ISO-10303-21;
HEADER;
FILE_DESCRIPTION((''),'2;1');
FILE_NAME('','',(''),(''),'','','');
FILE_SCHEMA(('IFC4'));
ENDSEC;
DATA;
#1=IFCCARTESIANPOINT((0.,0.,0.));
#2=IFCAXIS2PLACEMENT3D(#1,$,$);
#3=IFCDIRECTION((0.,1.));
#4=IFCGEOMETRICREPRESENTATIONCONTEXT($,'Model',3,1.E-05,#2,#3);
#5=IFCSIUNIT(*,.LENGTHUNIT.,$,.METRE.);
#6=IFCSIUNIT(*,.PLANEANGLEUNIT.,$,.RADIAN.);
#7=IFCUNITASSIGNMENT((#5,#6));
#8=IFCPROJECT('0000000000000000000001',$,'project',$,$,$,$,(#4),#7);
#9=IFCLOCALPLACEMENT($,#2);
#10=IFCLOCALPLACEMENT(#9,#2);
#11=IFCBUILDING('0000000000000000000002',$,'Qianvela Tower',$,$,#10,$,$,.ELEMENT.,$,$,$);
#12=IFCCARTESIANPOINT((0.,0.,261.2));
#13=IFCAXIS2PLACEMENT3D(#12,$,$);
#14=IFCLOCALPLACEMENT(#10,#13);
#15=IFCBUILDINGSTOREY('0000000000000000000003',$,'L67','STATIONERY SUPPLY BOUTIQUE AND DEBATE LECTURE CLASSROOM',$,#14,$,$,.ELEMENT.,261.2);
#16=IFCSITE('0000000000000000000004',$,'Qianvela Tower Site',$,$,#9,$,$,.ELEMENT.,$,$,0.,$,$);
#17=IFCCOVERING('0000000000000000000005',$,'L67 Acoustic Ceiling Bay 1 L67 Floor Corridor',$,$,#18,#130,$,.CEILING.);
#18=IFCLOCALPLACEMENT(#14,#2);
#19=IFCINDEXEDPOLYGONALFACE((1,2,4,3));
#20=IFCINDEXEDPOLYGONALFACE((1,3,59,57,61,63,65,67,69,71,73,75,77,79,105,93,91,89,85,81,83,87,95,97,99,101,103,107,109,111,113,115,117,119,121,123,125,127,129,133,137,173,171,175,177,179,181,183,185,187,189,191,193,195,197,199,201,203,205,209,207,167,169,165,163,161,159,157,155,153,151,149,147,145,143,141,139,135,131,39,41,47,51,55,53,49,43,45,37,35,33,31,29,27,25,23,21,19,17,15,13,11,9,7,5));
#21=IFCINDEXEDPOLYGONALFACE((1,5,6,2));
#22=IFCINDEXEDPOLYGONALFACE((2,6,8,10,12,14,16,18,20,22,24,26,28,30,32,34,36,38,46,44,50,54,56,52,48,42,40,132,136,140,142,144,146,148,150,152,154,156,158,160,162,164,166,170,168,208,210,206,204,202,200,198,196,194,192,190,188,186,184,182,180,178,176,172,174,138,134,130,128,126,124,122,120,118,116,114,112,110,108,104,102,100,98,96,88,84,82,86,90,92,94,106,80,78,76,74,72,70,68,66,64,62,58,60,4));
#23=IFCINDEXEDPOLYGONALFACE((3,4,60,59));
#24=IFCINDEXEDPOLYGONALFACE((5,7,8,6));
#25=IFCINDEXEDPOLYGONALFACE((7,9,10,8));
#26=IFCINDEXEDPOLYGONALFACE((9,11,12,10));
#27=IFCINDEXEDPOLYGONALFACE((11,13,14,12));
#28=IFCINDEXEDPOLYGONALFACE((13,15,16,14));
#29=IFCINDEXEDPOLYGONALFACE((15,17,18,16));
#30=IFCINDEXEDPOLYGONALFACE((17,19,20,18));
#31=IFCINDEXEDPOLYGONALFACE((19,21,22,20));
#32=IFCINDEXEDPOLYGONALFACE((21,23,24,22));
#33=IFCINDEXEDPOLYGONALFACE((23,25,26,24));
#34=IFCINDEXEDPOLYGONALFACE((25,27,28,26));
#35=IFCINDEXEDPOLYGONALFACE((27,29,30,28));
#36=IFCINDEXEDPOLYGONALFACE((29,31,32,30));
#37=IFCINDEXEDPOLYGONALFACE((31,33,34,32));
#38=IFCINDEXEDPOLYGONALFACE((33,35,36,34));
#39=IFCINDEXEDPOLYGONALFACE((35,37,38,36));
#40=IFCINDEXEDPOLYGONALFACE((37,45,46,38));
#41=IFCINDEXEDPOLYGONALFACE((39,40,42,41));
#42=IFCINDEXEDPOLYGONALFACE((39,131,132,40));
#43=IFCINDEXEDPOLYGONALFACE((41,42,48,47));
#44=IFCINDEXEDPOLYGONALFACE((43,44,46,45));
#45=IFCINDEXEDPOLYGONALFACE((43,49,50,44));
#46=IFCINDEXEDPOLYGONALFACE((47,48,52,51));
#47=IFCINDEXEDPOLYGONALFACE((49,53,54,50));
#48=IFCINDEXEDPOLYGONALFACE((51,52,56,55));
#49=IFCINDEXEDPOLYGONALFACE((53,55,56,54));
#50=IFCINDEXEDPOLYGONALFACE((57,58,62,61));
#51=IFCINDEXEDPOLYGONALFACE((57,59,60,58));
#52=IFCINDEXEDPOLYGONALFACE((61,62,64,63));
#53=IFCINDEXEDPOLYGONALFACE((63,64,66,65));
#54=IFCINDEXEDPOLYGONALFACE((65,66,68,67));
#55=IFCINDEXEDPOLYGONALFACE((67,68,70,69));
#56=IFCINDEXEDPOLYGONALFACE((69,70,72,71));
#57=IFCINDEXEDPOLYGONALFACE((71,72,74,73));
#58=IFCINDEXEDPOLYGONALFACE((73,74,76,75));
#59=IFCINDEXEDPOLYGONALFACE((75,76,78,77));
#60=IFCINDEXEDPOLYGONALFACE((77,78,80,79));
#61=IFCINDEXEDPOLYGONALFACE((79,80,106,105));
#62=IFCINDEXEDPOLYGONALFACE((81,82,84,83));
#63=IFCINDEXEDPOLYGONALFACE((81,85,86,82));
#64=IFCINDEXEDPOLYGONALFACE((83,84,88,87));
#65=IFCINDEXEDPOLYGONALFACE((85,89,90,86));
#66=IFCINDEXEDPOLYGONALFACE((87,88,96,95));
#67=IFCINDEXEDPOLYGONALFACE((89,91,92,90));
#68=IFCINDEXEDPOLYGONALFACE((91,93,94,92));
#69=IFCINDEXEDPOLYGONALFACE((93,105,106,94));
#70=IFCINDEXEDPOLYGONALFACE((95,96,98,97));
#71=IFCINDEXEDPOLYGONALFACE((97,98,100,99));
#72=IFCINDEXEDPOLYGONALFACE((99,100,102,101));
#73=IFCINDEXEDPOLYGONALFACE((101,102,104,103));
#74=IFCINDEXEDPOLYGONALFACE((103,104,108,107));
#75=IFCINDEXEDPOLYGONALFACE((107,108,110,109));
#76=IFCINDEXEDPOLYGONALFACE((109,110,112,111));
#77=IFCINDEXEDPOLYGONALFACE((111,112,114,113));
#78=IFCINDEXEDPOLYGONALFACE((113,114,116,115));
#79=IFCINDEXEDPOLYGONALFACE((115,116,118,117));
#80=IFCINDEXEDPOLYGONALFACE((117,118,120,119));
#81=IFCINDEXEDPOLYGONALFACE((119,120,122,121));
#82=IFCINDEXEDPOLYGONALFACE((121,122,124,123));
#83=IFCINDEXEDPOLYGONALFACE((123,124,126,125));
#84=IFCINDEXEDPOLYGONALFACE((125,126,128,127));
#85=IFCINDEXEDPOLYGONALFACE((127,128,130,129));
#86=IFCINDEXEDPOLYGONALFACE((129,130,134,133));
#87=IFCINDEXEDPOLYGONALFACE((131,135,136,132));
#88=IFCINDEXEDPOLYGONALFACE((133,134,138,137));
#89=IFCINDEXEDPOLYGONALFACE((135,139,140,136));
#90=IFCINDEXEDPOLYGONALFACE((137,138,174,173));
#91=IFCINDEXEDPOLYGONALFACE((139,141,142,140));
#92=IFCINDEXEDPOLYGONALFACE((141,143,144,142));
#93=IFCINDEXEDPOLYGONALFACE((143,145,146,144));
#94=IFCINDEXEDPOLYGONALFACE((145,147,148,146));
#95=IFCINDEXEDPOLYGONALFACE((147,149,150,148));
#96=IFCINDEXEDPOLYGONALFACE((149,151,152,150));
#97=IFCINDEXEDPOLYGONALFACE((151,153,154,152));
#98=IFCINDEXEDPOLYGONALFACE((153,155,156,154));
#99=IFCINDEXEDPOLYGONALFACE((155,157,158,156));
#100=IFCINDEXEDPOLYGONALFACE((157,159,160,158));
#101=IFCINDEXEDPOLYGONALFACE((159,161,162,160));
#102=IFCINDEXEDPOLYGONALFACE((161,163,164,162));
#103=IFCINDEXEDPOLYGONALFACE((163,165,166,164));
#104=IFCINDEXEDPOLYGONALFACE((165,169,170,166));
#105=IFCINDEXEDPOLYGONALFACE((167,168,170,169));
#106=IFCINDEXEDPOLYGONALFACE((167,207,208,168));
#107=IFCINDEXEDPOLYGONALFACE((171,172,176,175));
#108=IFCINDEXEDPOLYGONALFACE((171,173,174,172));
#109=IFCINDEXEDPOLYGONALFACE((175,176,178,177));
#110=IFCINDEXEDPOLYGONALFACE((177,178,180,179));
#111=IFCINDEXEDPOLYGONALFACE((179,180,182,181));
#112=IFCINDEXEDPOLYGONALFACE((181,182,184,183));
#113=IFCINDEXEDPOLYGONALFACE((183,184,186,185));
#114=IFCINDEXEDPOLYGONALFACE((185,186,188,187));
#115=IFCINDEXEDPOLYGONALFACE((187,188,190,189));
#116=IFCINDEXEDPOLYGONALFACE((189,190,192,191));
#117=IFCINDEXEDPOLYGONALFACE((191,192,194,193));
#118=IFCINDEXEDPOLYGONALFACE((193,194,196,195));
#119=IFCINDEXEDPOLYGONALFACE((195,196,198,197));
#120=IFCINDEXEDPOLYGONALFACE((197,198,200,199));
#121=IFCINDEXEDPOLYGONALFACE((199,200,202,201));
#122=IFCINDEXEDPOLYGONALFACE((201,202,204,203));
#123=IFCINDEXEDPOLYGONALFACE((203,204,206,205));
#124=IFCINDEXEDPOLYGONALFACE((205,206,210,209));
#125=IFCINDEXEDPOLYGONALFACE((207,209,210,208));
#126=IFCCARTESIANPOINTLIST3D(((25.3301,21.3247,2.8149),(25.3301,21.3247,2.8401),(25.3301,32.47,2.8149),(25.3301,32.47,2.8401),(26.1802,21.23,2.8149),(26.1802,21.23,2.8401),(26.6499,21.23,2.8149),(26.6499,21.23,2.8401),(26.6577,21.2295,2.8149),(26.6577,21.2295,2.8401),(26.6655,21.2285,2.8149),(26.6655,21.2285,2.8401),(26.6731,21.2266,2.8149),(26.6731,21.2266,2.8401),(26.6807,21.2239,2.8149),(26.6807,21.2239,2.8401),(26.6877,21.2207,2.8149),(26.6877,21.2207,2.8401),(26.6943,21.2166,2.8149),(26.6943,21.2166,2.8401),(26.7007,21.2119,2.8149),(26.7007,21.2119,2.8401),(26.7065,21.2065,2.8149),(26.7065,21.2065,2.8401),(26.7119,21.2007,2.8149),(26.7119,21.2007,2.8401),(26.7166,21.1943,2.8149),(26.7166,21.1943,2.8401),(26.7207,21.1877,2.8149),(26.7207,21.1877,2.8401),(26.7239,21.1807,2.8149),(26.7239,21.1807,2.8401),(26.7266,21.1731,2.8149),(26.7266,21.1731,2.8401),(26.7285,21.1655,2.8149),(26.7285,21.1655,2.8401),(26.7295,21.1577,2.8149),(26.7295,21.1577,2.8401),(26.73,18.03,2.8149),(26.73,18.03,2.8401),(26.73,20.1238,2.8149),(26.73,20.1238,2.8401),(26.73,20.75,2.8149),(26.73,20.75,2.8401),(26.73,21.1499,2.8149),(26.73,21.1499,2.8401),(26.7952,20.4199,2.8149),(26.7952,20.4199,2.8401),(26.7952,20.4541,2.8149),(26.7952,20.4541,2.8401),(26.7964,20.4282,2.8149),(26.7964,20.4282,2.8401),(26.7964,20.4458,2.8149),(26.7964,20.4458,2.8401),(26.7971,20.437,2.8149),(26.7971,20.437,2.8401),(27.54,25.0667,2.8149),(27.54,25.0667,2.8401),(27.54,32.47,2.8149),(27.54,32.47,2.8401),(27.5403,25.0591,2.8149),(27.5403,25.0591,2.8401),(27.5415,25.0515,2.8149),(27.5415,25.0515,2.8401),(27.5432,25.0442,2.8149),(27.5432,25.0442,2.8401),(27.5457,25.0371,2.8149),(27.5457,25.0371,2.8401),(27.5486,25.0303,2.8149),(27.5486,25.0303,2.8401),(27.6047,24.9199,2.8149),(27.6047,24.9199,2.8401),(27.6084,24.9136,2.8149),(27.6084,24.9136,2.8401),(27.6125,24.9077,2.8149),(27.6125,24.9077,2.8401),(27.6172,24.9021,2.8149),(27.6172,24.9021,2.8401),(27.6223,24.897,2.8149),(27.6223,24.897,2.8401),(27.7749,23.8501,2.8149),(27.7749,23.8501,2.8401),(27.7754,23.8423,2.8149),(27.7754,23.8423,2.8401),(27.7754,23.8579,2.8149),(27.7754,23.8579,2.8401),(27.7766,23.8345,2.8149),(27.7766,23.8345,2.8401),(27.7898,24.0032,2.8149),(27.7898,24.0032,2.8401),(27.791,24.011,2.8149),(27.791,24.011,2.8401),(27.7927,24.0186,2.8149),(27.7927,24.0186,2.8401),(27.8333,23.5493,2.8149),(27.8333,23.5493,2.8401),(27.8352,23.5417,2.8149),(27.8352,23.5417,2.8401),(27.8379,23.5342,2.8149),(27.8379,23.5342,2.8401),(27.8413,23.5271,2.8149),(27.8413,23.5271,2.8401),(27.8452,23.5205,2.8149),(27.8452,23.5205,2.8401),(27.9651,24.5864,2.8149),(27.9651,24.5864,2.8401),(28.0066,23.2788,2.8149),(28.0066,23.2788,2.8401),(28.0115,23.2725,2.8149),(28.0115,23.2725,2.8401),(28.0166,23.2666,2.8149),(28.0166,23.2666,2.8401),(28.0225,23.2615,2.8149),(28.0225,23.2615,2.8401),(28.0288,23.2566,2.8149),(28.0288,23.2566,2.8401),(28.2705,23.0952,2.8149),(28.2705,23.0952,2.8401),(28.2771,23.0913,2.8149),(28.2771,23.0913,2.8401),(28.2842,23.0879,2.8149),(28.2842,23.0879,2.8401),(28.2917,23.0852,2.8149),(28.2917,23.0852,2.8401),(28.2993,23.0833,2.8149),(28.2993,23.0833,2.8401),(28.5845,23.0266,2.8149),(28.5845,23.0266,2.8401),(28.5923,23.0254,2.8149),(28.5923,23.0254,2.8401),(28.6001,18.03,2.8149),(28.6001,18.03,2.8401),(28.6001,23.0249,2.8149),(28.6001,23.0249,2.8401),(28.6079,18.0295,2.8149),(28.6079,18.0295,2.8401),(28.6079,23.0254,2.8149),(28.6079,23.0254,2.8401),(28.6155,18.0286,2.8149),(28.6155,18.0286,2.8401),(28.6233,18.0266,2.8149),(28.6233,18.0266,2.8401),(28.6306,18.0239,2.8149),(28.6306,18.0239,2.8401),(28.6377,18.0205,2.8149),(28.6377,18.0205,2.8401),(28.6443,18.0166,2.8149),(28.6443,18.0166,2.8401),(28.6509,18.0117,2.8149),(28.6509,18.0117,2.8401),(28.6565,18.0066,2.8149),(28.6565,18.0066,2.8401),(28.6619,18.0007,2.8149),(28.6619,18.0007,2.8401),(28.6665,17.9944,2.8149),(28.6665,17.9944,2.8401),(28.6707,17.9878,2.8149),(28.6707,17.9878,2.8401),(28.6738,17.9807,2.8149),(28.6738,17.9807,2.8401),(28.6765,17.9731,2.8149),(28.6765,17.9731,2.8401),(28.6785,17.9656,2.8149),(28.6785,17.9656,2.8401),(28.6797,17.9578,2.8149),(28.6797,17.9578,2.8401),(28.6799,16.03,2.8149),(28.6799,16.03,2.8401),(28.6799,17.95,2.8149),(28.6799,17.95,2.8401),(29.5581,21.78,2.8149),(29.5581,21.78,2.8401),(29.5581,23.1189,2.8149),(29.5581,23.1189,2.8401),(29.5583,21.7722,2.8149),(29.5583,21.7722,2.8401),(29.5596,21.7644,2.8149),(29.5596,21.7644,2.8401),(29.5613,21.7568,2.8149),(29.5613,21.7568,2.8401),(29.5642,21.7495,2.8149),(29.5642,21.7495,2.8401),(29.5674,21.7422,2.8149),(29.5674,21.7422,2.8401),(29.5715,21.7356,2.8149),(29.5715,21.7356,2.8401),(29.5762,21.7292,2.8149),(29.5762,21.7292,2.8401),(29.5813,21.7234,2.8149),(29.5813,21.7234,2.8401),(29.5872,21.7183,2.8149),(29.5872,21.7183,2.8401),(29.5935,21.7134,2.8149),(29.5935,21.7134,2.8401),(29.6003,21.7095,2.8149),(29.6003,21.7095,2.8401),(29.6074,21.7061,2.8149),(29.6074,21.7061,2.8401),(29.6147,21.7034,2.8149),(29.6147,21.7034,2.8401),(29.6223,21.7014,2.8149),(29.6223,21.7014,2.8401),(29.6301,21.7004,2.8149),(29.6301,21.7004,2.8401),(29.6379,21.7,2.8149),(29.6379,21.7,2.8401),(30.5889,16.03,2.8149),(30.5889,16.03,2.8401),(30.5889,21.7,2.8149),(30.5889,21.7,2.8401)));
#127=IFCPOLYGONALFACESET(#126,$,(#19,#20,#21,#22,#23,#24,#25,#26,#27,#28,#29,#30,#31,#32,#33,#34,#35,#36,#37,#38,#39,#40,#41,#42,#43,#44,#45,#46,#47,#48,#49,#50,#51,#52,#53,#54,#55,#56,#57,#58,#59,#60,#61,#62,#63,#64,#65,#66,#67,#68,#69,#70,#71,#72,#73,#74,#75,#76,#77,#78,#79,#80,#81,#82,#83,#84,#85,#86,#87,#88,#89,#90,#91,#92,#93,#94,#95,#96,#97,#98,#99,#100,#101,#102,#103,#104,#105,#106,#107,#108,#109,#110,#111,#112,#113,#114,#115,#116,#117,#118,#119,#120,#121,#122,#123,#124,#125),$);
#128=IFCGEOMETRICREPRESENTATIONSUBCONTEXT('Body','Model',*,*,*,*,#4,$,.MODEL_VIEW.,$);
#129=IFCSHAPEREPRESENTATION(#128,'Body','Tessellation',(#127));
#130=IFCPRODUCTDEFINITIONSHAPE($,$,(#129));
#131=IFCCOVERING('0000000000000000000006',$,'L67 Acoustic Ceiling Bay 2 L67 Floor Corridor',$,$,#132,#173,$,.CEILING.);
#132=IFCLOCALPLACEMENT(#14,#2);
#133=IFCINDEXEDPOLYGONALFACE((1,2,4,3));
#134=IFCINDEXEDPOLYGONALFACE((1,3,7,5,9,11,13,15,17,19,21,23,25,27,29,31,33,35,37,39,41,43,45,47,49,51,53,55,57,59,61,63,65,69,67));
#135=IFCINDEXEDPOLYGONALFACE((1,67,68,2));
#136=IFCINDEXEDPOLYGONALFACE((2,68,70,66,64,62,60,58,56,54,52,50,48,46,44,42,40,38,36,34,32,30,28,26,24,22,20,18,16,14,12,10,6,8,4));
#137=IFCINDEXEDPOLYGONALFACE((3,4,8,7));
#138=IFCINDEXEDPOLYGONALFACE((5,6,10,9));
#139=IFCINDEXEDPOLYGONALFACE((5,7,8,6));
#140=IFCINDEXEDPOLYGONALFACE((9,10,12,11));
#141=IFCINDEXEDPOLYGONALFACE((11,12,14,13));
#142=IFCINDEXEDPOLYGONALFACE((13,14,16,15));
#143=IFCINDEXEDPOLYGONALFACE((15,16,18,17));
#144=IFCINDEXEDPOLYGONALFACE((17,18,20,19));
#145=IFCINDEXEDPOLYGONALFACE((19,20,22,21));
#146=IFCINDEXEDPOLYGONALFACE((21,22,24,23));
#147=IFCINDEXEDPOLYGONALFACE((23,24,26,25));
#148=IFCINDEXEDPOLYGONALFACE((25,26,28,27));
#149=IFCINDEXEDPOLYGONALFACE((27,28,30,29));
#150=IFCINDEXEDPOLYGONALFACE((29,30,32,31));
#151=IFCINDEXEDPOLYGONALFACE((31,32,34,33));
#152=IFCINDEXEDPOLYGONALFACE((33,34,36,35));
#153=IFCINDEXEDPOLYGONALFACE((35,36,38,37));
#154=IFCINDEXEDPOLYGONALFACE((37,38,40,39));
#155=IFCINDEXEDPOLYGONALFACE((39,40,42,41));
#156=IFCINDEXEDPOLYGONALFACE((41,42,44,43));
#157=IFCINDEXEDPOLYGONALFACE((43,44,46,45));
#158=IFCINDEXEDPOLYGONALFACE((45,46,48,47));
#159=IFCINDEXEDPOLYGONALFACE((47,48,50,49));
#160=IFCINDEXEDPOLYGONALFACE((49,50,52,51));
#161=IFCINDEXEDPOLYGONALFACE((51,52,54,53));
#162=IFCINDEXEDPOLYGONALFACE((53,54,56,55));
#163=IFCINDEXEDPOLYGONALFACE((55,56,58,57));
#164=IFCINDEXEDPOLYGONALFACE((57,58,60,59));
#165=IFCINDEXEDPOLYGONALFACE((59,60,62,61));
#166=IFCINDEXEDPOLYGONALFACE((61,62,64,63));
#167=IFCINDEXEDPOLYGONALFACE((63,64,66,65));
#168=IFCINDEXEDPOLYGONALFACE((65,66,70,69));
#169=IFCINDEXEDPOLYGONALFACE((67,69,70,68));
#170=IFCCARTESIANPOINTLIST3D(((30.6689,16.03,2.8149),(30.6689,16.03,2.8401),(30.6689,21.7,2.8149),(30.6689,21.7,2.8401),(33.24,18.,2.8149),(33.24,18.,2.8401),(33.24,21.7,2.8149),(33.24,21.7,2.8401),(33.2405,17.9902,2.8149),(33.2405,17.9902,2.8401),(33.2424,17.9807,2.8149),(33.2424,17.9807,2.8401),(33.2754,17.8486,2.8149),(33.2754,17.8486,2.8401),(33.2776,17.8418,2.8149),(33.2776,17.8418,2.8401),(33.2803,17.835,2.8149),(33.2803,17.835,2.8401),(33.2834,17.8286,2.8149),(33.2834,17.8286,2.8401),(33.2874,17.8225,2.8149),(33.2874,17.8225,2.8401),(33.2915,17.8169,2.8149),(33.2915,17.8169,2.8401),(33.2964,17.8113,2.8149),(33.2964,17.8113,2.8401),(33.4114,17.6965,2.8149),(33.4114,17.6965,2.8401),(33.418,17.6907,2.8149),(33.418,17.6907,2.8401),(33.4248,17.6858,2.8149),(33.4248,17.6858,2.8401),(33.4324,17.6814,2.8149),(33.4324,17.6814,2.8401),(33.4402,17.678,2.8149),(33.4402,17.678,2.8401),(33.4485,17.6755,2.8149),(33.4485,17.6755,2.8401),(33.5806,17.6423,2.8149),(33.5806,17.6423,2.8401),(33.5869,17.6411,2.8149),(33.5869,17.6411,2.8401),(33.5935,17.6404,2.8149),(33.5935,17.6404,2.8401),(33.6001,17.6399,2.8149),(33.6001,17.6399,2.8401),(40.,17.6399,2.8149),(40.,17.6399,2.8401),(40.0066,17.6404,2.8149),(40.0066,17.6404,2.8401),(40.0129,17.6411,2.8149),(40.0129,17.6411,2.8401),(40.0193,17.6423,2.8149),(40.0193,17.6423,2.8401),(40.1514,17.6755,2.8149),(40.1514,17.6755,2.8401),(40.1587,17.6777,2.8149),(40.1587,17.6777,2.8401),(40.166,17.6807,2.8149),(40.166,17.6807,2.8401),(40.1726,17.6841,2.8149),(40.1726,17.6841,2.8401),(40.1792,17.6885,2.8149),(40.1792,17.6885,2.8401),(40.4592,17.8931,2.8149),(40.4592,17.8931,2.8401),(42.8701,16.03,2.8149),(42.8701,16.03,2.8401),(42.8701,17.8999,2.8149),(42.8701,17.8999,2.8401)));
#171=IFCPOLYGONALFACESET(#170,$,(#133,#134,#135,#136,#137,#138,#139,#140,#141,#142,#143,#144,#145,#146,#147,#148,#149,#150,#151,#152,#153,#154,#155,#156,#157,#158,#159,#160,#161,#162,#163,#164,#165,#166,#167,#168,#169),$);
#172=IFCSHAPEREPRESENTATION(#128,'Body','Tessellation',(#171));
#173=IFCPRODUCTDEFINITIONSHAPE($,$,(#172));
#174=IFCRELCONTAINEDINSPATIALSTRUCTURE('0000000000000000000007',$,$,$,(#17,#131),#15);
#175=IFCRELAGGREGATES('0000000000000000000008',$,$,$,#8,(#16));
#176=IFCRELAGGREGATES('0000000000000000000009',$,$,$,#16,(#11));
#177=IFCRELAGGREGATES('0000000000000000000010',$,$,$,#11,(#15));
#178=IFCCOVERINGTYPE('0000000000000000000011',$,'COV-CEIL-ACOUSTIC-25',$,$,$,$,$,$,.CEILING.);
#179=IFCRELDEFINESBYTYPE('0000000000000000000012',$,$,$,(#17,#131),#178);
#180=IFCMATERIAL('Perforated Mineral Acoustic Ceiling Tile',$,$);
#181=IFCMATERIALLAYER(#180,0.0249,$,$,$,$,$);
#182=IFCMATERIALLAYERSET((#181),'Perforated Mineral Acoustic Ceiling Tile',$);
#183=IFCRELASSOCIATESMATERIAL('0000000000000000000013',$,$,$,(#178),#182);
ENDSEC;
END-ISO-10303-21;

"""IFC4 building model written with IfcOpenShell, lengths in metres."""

from ifc_helpers import new_model, si_unit, direction, frame, origin, place, context, subcontext, project, spatial, polyline, outline, extrude, material, layer, layer_set, type_object, element, save


model = new_model("IFC4")

# Units and contexts
model_context = context("Model", 3, precision=1e-05, world=origin(), true_north=direction((0.0, 1.0)))
body_context = subcontext(model_context, "Body", "Model", "MODEL_VIEW")
ifc_project = project(units=[si_unit("LENGTHUNIT", "METRE"), si_unit("PLANEANGLEUNIT", "RADIAN")], contexts=[model_context])

# Site, building, storey
site_placement = place(None, origin())
site = spatial("IfcSite", under=ifc_project, at=site_placement, Name="Qianvela Tower Site", CompositionType="ELEMENT", RefElevation=0.0)
building_placement = place(site_placement, origin())
building = spatial("IfcBuilding", under=site, at=building_placement, Name="Qianvela Tower", CompositionType="ELEMENT")
storey_placement = place(building_placement, frame((0.0, 0.0, 261.2)))
storey = spatial("IfcBuildingStorey", under=building, at=storey_placement, Name="L67", Description="STATIONERY SUPPLY BOUTIQUE AND DEBATE LECTURE CLASSROOM", CompositionType="ELEMENT", Elevation=261.2)

# Coverings
ifc_material_1 = material(Name="Perforated Mineral Acoustic Ceiling Tile")
ifc_layer_1 = layer(ifc_material_1, 0.0249)
ifc_layer_set_1 = layer_set([ifc_layer_1], Name="Perforated Mineral Acoustic Ceiling Tile")
covering_type_1 = type_object("IfcCoveringType", Name="COV-CEIL-ACOUSTIC-25", PredefinedType="CEILING", material=ifc_layer_set_1)
covering_1_placement = place(storey_placement, frame((0.0, 0.0, 2.8149)))
element("IfcCovering", 1, at=covering_1_placement, inside=storey, type_object=covering_type_1, Name="L67 Acoustic Ceiling Bay 1 L67 Floor Corridor", PredefinedType="CEILING", context=body_context, shape_type="SweptSolid", body=[
    extrude(outline(polyline([(27.791, 24.011), (27.7898, 24.0032), (27.7754, 23.8579), (27.7749, 23.8501), (27.7754, 23.8423), (27.7766, 23.8345), (27.8333, 23.5493), (27.8352, 23.5417), (27.8379, 23.5342), (27.8413, 23.5271), (27.8452, 23.5205), (28.0066, 23.2788), (28.0115, 23.2725), (28.0166, 23.2666), (28.0225, 23.2615), (28.0288, 23.2566), (28.2705, 23.0952), (28.2771, 23.0913), (28.2842, 23.0879), (28.2917, 23.0852), (28.2993, 23.0833), (28.5845, 23.0266), (28.5923, 23.0254), (28.6001, 23.0249), (28.6079, 23.0254), (29.5581, 23.1189), (29.5581, 21.78), (29.5583, 21.7722), (29.5596, 21.7644), (29.5613, 21.7568), (29.5642, 21.7495), (29.5674, 21.7422), (29.5715, 21.7356), (29.5762, 21.7292), (29.5813, 21.7234), (29.5872, 21.7183), (29.5935, 21.7134), (29.6003, 21.7095), (29.6074, 21.7061), (29.6147, 21.7034), (29.6223, 21.7014), (29.6301, 21.7004), (29.6379, 21.7), (30.5889, 21.7), (30.5889, 16.03), (28.6799, 16.03), (28.6799, 17.95), (28.6797, 17.9578), (28.6785, 17.9656), (28.6765, 17.9731), (28.6738, 17.9807), (28.6707, 17.9878), (28.6665, 17.9944), (28.6619, 18.0007), (28.6565, 18.0066), (28.6509, 18.0117), (28.6443, 18.0166), (28.6377, 18.0205), (28.6306, 18.0239), (28.6233, 18.0266), (28.6155, 18.0286), (28.6079, 18.0295), (28.6001, 18.03), (26.73, 18.03), (26.73, 20.1238), (26.7952, 20.4199), (26.7964, 20.4282), (26.7971, 20.437), (26.7964, 20.4458), (26.7952, 20.4541), (26.73, 20.75), (26.73, 21.1499), (26.7295, 21.1577), (26.7285, 21.1655), (26.7266, 21.1731), (26.7239, 21.1807), (26.7207, 21.1877), (26.7166, 21.1943), (26.7119, 21.2007), (26.7065, 21.2065), (26.7007, 21.2119), (26.6943, 21.2166), (26.6877, 21.2207), (26.6807, 21.2239), (26.6731, 21.2266), (26.6655, 21.2285), (26.6577, 21.2295), (26.6499, 21.23), (26.1802, 21.23), (25.3301, 21.3247), (25.3301, 32.47), (27.54, 32.47), (27.54, 25.0667), (27.5403, 25.0591), (27.5415, 25.0515), (27.5432, 25.0442), (27.5457, 25.0371), (27.5486, 25.0303), (27.6047, 24.9199), (27.6084, 24.9136), (27.6125, 24.9077), (27.6172, 24.9021), (27.6223, 24.897), (27.9651, 24.5864), (27.7927, 24.0186), (27.791, 24.011)])), origin(), (0.0, 0.0, 1.0), 0.0251),
])
covering_2_placement = place(storey_placement, frame((0.0, 0.0, 2.8149)))
element("IfcCovering", 2, at=covering_2_placement, inside=storey, type_object=covering_type_1, Name="L67 Acoustic Ceiling Bay 2 L67 Floor Corridor", PredefinedType="CEILING", context=body_context, shape_type="SweptSolid", body=[
    extrude(outline(polyline([(33.24, 21.7), (33.24, 18.0), (33.2405, 17.9902), (33.2424, 17.9807), (33.2754, 17.8486), (33.2776, 17.8418), (33.2803, 17.835), (33.2834, 17.8286), (33.2874, 17.8225), (33.2915, 17.8169), (33.2964, 17.8113), (33.4114, 17.6965), (33.418, 17.6907), (33.4248, 17.6858), (33.4324, 17.6814), (33.4402, 17.678), (33.4485, 17.6755), (33.5806, 17.6423), (33.5869, 17.6411), (33.5935, 17.6404), (33.6001, 17.6399), (40.0, 17.6399), (40.0066, 17.6404), (40.0129, 17.6411), (40.0193, 17.6423), (40.1514, 17.6755), (40.1587, 17.6777), (40.166, 17.6807), (40.1726, 17.6841), (40.1792, 17.6885), (40.4592, 17.8931), (42.8701, 17.8999), (42.8701, 16.03), (30.6689, 16.03), (30.6689, 21.7), (33.24, 21.7)])), origin(), (0.0, 0.0, 1.0), 0.0251),
])

save(model, "model.ifc")
